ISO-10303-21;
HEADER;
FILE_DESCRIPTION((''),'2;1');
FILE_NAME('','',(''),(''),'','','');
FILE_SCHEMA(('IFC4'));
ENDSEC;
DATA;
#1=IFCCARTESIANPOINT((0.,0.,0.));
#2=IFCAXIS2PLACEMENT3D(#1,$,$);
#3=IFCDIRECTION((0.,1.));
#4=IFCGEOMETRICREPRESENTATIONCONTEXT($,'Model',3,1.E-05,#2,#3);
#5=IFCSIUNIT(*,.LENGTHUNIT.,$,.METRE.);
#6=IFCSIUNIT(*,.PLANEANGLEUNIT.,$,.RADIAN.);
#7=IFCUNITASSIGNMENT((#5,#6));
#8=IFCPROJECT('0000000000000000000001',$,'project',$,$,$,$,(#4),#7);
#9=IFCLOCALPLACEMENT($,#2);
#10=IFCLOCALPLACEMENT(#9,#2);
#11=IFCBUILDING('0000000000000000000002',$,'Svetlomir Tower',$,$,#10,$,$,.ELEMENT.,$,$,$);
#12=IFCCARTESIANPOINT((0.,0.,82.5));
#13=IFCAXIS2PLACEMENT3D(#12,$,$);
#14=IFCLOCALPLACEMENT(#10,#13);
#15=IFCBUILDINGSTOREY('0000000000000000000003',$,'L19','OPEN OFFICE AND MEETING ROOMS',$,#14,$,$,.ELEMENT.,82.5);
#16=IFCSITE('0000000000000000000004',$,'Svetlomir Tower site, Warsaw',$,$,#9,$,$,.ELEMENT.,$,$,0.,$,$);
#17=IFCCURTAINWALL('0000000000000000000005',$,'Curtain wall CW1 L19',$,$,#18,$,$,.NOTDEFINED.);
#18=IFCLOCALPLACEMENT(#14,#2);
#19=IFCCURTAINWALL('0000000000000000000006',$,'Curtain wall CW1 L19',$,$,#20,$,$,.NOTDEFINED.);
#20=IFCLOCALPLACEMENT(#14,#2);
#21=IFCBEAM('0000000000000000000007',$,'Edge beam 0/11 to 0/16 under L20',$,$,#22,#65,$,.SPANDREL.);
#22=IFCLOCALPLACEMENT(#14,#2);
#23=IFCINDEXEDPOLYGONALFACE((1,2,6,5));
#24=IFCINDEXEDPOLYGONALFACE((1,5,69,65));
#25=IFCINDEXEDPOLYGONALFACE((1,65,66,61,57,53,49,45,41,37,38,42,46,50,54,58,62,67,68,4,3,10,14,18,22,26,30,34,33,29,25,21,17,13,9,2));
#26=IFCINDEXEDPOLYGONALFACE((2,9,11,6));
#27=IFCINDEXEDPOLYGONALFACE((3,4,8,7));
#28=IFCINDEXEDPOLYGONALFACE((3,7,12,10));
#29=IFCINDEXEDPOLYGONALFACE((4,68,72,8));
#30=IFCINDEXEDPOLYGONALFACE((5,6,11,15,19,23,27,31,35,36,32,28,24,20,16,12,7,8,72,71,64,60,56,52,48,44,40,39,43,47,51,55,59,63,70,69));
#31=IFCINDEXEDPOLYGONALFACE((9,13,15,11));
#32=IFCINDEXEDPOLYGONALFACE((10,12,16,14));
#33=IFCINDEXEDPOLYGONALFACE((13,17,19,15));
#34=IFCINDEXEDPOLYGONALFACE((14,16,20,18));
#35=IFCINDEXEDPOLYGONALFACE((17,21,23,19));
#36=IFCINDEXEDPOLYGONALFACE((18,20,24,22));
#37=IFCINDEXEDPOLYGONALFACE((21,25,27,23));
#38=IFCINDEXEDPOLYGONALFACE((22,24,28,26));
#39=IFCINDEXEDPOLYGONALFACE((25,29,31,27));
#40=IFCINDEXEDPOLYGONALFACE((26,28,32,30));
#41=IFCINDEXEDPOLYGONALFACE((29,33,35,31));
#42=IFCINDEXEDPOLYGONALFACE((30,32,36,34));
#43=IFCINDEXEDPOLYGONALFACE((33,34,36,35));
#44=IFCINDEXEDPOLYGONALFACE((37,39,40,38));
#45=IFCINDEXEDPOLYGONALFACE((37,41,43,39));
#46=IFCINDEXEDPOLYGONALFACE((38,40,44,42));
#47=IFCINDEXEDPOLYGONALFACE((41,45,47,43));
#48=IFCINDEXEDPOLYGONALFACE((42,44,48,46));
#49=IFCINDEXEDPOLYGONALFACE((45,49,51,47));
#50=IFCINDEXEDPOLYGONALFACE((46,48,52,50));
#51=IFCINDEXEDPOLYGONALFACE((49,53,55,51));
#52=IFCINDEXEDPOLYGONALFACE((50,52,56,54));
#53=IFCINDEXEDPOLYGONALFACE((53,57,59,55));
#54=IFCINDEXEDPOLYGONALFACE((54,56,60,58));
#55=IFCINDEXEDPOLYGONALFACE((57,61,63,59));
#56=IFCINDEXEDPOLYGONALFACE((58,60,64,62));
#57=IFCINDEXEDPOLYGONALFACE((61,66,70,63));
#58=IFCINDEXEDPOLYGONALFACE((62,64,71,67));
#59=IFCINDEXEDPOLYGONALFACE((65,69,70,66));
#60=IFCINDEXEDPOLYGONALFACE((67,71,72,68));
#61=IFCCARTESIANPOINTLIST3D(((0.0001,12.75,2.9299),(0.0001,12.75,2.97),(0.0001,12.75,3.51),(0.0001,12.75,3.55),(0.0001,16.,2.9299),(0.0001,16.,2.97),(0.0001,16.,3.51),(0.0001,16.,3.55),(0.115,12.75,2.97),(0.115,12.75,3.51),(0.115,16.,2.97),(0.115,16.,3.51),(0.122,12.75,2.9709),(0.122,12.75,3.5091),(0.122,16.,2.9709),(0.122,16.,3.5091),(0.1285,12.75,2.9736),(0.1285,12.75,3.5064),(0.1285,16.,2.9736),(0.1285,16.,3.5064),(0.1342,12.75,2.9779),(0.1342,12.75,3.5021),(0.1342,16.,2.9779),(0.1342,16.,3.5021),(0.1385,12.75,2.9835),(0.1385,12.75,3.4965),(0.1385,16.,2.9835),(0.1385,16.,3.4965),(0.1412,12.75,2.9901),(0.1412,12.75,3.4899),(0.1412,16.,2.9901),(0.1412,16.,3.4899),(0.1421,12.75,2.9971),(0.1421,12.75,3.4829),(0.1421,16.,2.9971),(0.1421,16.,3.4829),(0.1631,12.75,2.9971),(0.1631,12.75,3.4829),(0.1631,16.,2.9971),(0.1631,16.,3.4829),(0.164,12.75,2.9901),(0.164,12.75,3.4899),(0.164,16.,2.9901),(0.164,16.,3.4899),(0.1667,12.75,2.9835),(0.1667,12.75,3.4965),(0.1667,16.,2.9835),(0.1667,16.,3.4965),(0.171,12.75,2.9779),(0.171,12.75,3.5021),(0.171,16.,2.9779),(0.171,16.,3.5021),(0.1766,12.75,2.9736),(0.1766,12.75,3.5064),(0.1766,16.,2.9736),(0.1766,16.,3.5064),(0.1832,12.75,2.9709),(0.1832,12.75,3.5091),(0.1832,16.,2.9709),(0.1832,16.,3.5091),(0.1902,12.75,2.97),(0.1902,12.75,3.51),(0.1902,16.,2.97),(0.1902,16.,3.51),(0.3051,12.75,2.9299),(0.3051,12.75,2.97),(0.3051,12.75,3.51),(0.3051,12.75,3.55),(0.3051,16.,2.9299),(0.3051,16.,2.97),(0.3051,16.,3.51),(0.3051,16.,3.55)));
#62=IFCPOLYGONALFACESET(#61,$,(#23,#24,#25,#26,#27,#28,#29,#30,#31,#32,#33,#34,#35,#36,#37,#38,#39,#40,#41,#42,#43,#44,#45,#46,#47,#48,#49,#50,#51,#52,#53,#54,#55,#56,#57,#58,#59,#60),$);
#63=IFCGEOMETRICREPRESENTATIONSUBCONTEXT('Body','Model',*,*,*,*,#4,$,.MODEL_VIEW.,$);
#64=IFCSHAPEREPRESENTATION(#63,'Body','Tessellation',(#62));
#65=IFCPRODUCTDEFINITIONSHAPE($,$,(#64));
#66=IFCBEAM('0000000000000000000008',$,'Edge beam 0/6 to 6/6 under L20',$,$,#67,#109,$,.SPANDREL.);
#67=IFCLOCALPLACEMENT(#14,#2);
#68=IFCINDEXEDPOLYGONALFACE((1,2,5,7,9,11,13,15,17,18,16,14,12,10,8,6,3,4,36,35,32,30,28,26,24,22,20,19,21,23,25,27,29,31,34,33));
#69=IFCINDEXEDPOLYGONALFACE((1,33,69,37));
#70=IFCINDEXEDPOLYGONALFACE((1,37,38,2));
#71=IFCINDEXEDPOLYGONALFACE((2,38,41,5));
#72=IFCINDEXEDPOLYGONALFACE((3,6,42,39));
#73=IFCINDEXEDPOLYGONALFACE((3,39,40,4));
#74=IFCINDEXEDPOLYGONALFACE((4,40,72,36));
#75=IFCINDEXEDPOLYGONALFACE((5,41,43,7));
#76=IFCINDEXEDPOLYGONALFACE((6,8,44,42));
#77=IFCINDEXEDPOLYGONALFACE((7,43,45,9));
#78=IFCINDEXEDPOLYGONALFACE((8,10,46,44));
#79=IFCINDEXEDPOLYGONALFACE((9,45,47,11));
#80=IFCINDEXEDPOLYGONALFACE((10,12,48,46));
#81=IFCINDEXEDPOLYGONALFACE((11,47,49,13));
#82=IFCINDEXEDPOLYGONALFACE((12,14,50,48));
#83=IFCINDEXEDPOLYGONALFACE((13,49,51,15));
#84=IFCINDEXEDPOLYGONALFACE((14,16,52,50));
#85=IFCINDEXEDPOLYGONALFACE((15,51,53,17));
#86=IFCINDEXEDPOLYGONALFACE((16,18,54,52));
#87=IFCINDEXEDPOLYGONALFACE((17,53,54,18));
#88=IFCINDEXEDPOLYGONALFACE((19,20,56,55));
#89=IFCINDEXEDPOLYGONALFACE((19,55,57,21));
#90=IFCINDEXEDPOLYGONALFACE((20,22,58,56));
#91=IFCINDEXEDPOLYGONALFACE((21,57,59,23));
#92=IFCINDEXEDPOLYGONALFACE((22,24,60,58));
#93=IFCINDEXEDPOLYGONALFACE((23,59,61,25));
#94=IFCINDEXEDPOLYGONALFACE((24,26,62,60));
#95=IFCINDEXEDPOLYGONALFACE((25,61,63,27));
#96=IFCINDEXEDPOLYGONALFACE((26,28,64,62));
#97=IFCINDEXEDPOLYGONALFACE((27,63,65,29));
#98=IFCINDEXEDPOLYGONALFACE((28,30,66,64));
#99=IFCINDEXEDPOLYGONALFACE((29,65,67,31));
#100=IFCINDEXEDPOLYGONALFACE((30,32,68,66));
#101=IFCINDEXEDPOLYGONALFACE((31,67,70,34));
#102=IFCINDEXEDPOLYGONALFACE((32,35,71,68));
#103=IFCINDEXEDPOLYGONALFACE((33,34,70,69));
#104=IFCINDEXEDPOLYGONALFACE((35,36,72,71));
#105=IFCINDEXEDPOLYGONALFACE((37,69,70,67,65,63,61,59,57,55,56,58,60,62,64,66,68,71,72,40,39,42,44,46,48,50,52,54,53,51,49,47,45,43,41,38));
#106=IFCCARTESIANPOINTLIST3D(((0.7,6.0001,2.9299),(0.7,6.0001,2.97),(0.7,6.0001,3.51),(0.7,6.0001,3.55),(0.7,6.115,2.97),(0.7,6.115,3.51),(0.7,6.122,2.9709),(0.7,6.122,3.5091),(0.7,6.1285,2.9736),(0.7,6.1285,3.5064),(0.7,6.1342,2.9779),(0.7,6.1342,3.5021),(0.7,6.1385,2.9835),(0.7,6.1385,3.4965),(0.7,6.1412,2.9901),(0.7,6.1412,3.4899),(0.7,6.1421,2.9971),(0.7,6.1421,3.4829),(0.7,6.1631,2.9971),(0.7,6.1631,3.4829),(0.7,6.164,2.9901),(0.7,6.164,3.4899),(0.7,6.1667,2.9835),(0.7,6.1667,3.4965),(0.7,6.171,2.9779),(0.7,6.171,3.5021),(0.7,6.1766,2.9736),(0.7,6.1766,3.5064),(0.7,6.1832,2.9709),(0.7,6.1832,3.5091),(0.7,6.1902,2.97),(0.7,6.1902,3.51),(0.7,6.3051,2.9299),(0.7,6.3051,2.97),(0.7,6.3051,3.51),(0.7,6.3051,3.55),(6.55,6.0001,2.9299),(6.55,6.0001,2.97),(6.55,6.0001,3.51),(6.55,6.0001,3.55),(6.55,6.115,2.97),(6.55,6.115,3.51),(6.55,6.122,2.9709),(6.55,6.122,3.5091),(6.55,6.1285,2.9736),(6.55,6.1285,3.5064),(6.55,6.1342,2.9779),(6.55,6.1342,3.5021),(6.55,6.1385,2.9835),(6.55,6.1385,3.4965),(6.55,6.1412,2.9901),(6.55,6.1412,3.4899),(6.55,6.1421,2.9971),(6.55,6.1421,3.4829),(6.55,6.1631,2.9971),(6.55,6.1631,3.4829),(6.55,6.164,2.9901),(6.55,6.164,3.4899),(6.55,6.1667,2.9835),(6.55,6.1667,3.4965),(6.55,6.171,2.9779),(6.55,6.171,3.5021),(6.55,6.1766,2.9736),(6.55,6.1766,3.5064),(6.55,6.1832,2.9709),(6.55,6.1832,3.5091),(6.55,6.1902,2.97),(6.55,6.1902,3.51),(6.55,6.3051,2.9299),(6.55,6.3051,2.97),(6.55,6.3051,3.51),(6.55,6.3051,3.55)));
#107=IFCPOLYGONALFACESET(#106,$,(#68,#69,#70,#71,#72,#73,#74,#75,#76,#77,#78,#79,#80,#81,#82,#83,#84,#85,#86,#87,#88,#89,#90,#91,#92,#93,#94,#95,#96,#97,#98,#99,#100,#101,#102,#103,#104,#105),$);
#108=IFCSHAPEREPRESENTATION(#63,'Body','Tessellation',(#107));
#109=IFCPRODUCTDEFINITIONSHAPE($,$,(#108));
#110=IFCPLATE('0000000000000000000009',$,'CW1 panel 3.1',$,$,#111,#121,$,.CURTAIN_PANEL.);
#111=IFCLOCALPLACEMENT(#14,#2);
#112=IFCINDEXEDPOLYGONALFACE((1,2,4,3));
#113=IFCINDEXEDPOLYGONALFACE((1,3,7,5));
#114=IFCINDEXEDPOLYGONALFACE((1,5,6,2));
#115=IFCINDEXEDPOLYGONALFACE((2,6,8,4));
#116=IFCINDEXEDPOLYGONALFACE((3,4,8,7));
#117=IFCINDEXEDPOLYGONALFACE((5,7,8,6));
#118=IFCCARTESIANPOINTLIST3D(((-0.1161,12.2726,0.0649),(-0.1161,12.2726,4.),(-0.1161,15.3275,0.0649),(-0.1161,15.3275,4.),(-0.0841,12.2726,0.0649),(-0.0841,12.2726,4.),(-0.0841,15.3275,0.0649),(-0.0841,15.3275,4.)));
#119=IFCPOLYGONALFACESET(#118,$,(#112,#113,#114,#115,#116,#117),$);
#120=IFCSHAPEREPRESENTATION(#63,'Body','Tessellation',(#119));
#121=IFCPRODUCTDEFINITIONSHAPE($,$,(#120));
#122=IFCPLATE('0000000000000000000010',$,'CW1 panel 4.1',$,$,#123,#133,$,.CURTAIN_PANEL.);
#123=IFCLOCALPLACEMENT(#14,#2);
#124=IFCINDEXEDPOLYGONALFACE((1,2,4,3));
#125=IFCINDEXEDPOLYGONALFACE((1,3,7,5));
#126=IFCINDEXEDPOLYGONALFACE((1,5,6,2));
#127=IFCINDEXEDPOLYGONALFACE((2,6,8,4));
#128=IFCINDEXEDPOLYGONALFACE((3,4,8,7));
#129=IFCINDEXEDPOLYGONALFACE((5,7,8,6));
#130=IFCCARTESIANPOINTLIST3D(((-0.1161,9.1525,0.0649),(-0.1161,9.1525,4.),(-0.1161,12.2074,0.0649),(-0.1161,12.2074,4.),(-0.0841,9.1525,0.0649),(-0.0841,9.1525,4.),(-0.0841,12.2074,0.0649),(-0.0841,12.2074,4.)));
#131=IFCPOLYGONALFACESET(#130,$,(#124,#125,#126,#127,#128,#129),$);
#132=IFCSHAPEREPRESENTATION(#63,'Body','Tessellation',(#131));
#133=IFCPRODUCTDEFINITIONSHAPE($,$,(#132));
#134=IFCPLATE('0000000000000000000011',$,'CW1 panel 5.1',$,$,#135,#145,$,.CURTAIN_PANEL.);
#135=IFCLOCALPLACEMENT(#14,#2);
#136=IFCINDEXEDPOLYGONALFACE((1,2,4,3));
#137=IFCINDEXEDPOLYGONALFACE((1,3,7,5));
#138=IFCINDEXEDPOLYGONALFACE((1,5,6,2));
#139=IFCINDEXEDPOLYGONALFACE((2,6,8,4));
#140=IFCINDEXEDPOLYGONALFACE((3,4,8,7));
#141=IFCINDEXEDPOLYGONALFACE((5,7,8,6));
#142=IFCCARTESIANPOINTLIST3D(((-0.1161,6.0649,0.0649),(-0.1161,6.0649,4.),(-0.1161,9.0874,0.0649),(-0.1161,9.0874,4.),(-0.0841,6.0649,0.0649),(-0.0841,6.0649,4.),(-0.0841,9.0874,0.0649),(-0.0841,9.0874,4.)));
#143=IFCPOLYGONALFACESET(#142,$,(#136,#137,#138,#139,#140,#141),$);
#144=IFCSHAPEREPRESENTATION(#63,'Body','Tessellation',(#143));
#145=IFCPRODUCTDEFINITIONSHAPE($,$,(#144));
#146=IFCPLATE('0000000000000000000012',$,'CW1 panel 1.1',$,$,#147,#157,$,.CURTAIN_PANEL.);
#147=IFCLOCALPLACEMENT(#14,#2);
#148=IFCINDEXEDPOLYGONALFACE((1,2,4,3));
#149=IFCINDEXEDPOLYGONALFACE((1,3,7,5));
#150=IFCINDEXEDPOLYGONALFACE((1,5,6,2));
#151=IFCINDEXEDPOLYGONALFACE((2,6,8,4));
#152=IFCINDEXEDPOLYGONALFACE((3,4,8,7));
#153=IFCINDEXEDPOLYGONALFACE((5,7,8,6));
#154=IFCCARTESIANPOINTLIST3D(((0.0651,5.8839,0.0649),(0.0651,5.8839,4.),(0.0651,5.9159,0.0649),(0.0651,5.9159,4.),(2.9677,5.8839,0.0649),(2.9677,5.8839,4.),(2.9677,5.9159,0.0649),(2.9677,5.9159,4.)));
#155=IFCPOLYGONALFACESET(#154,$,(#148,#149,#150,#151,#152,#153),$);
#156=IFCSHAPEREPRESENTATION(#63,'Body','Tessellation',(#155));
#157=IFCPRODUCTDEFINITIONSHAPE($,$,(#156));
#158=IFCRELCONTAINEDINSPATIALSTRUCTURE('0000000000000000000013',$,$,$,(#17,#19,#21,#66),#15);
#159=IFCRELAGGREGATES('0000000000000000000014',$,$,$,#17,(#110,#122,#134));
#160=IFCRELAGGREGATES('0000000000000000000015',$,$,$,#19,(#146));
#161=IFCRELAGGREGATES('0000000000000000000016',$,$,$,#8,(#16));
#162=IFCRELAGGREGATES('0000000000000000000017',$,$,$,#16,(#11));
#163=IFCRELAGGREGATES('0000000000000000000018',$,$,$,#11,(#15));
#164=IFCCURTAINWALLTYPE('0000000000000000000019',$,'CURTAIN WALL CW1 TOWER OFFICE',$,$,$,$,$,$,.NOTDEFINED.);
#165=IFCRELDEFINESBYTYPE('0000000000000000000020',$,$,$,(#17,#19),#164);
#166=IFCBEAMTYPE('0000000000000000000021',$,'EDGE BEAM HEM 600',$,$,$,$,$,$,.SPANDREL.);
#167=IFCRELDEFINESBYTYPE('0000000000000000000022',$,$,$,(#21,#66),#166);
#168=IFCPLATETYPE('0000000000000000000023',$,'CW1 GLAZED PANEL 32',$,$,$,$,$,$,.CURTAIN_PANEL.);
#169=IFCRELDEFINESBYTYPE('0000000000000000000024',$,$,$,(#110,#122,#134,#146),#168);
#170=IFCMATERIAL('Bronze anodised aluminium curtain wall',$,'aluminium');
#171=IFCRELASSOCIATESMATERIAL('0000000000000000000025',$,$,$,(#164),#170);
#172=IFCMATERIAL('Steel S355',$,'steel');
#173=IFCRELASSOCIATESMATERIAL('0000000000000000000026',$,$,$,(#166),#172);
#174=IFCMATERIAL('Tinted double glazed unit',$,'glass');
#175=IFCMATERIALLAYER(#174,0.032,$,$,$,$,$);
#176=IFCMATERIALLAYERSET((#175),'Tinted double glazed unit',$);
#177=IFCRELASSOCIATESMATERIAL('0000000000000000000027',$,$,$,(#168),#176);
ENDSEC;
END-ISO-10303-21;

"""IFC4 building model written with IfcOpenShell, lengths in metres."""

from ifc_helpers import new_model, si_unit, direction, frame, origin, origin_2d, place, context, subcontext, project, spatial, rectangle, i_section, extrude, material, layer, layer_set, material_profile, profile_set, type_object, element, aggregate, save


model = new_model("IFC4")

# Units and contexts
model_context = context("Model", 3, precision=1e-05, world=origin(), true_north=direction((0.0, 1.0)))
body_context = subcontext(model_context, "Body", "Model", "MODEL_VIEW")
ifc_project = project(units=[si_unit("LENGTHUNIT", "METRE"), si_unit("PLANEANGLEUNIT", "RADIAN")], contexts=[model_context])

# Site, building, storey
site_placement = place(None, origin())
site = spatial("IfcSite", under=ifc_project, at=site_placement, Name="Svetlomir Tower site, Warsaw", CompositionType="ELEMENT", RefElevation=0.0)
building_placement = place(site_placement, origin())
building = spatial("IfcBuilding", under=site, at=building_placement, Name="Svetlomir Tower", CompositionType="ELEMENT")
storey_placement = place(building_placement, frame((0.0, 0.0, 82.5)))
storey = spatial("IfcBuildingStorey", under=building, at=storey_placement, Name="L19", Description="OPEN OFFICE AND MEETING ROOMS", CompositionType="ELEMENT", Elevation=82.5)

# Curtain wall
ifc_material_1 = material(Name="Bronze anodised aluminium curtain wall", Category="aluminium")
curtain_wall_type = type_object("IfcCurtainWallType", Name="CURTAIN WALL CW1 TOWER OFFICE", PredefinedType="NOTDEFINED", material=ifc_material_1)
curtain_wall_1_placement = place(storey_placement, origin())
curtain_wall_1 = element("IfcCurtainWall", 1, at=curtain_wall_1_placement, inside=storey, type_object=curtain_wall_type, Name="Curtain wall CW1 L19", PredefinedType="NOTDEFINED")

# Curtain wall
curtain_wall_2_placement = place(storey_placement, origin())
curtain_wall_2 = element("IfcCurtainWall", 2, at=curtain_wall_2_placement, inside=storey, type_object=curtain_wall_type, Name="Curtain wall CW1 L19", PredefinedType="NOTDEFINED")

# Beams
ifc_material_2 = material(Name="Steel S355", Category="steel")
ifc_material_profile_1 = material_profile(ifc_material_2, i_section(OverallWidth=0.3049, OverallDepth=0.6201, WebThickness=0.021, FlangeThickness=0.04, FilletRadius=0.0271, at=origin_2d()), Name="HEM 600")
ifc_profile_set_1 = profile_set([ifc_material_profile_1], Name="Steel S355")
beam_type = type_object("IfcBeamType", Name="EDGE BEAM HEM 600", PredefinedType="SPANDREL", material=ifc_profile_set_1)
beam_1_placement = place(storey_placement, frame((0.1526, 12.75, 3.24), z_axis=(0.0, 1.0, 0.0), x_axis=(-1.0, 0.0, 0.0)))
element("IfcBeam", 3, at=beam_1_placement, inside=storey, type_object=beam_type, Name="Edge beam 0/11 to 0/16 under L20", PredefinedType="SPANDREL", context=body_context, shape_type="SweptSolid", body=[
    extrude(i_section(OverallWidth=0.3049, OverallDepth=0.6201, WebThickness=0.021, FlangeThickness=0.04, FilletRadius=0.0271, at=origin_2d()), origin(), (0.0, 0.0, 1.0), 3.25),
])
beam_2_placement = place(storey_placement, frame((0.7, 6.1526, 3.24), z_axis=(1.0, 0.0, 0.0), x_axis=(0.0, 1.0, 0.0)))
element("IfcBeam", 4, at=beam_2_placement, inside=storey, type_object=beam_type, Name="Edge beam 0/6 to 6/6 under L20", PredefinedType="SPANDREL", context=body_context, shape_type="SweptSolid", body=[
    extrude(i_section(OverallWidth=0.3049, OverallDepth=0.6201, WebThickness=0.021, FlangeThickness=0.04, FilletRadius=0.0271, at=origin_2d()), origin(), (0.0, 0.0, 1.0), 5.8501),
])

# Plates
ifc_material_3 = material(Name="Tinted double glazed unit", Category="glass")
ifc_layer = layer(ifc_material_3, 0.032)
ifc_layer_set = layer_set([ifc_layer], Name="Tinted double glazed unit")
plate_type = type_object("IfcPlateType", Name="CW1 GLAZED PANEL 32", PredefinedType="CURTAIN_PANEL", material=ifc_layer_set)
plate_1_placement = place(storey_placement, frame((-0.1001, 13.8, 0.0649), z_axis=(0.0, 0.0, 1.0), x_axis=(0.0, -1.0, 0.0)))
plate_1 = element("IfcPlate", 5, at=plate_1_placement, type_object=plate_type, Name="CW1 panel 3.1", PredefinedType="CURTAIN_PANEL", context=body_context, shape_type="SweptSolid", body=[
    extrude(rectangle(XDim=3.0549, YDim=0.032, at=origin_2d()), origin(), (0.0, 0.0, 1.0), 3.9351),
])
plate_2_placement = place(storey_placement, frame((-0.1001, 10.6799, 0.0649), z_axis=(0.0, 0.0, 1.0), x_axis=(0.0, -1.0, 0.0)))
plate_2 = element("IfcPlate", 6, at=plate_2_placement, type_object=plate_type, Name="CW1 panel 4.1", PredefinedType="CURTAIN_PANEL", context=body_context, shape_type="SweptSolid", body=[
    extrude(rectangle(XDim=3.0549, YDim=0.032, at=origin_2d()), origin(), (0.0, 0.0, 1.0), 3.9351),
])
plate_3_placement = place(storey_placement, frame((-0.1001, 7.5762, 0.0649), z_axis=(0.0, 0.0, 1.0), x_axis=(0.0, -1.0, 0.0)))
plate_3 = element("IfcPlate", 7, at=plate_3_placement, type_object=plate_type, Name="CW1 panel 5.1", PredefinedType="CURTAIN_PANEL", context=body_context, shape_type="SweptSolid", body=[
    extrude(rectangle(XDim=3.0225, YDim=0.032, at=origin_2d()), origin(), (0.0, 0.0, 1.0), 3.9351),
])
aggregate(curtain_wall_1, [plate_1, plate_2, plate_3])
plate_4_placement = place(storey_placement, frame((1.5164, 5.8999, 0.0649), z_axis=(0.0, 0.0, 1.0), x_axis=(1.0, 0.0, 0.0)))
plate_4 = element("IfcPlate", 8, at=plate_4_placement, type_object=plate_type, Name="CW1 panel 1.1", PredefinedType="CURTAIN_PANEL", context=body_context, shape_type="SweptSolid", body=[
    extrude(rectangle(XDim=2.9026, YDim=0.032, at=origin_2d()), origin(), (0.0, 0.0, 1.0), 3.9351),
])
aggregate(curtain_wall_2, [plate_4])

save(model, "model.ifc")
